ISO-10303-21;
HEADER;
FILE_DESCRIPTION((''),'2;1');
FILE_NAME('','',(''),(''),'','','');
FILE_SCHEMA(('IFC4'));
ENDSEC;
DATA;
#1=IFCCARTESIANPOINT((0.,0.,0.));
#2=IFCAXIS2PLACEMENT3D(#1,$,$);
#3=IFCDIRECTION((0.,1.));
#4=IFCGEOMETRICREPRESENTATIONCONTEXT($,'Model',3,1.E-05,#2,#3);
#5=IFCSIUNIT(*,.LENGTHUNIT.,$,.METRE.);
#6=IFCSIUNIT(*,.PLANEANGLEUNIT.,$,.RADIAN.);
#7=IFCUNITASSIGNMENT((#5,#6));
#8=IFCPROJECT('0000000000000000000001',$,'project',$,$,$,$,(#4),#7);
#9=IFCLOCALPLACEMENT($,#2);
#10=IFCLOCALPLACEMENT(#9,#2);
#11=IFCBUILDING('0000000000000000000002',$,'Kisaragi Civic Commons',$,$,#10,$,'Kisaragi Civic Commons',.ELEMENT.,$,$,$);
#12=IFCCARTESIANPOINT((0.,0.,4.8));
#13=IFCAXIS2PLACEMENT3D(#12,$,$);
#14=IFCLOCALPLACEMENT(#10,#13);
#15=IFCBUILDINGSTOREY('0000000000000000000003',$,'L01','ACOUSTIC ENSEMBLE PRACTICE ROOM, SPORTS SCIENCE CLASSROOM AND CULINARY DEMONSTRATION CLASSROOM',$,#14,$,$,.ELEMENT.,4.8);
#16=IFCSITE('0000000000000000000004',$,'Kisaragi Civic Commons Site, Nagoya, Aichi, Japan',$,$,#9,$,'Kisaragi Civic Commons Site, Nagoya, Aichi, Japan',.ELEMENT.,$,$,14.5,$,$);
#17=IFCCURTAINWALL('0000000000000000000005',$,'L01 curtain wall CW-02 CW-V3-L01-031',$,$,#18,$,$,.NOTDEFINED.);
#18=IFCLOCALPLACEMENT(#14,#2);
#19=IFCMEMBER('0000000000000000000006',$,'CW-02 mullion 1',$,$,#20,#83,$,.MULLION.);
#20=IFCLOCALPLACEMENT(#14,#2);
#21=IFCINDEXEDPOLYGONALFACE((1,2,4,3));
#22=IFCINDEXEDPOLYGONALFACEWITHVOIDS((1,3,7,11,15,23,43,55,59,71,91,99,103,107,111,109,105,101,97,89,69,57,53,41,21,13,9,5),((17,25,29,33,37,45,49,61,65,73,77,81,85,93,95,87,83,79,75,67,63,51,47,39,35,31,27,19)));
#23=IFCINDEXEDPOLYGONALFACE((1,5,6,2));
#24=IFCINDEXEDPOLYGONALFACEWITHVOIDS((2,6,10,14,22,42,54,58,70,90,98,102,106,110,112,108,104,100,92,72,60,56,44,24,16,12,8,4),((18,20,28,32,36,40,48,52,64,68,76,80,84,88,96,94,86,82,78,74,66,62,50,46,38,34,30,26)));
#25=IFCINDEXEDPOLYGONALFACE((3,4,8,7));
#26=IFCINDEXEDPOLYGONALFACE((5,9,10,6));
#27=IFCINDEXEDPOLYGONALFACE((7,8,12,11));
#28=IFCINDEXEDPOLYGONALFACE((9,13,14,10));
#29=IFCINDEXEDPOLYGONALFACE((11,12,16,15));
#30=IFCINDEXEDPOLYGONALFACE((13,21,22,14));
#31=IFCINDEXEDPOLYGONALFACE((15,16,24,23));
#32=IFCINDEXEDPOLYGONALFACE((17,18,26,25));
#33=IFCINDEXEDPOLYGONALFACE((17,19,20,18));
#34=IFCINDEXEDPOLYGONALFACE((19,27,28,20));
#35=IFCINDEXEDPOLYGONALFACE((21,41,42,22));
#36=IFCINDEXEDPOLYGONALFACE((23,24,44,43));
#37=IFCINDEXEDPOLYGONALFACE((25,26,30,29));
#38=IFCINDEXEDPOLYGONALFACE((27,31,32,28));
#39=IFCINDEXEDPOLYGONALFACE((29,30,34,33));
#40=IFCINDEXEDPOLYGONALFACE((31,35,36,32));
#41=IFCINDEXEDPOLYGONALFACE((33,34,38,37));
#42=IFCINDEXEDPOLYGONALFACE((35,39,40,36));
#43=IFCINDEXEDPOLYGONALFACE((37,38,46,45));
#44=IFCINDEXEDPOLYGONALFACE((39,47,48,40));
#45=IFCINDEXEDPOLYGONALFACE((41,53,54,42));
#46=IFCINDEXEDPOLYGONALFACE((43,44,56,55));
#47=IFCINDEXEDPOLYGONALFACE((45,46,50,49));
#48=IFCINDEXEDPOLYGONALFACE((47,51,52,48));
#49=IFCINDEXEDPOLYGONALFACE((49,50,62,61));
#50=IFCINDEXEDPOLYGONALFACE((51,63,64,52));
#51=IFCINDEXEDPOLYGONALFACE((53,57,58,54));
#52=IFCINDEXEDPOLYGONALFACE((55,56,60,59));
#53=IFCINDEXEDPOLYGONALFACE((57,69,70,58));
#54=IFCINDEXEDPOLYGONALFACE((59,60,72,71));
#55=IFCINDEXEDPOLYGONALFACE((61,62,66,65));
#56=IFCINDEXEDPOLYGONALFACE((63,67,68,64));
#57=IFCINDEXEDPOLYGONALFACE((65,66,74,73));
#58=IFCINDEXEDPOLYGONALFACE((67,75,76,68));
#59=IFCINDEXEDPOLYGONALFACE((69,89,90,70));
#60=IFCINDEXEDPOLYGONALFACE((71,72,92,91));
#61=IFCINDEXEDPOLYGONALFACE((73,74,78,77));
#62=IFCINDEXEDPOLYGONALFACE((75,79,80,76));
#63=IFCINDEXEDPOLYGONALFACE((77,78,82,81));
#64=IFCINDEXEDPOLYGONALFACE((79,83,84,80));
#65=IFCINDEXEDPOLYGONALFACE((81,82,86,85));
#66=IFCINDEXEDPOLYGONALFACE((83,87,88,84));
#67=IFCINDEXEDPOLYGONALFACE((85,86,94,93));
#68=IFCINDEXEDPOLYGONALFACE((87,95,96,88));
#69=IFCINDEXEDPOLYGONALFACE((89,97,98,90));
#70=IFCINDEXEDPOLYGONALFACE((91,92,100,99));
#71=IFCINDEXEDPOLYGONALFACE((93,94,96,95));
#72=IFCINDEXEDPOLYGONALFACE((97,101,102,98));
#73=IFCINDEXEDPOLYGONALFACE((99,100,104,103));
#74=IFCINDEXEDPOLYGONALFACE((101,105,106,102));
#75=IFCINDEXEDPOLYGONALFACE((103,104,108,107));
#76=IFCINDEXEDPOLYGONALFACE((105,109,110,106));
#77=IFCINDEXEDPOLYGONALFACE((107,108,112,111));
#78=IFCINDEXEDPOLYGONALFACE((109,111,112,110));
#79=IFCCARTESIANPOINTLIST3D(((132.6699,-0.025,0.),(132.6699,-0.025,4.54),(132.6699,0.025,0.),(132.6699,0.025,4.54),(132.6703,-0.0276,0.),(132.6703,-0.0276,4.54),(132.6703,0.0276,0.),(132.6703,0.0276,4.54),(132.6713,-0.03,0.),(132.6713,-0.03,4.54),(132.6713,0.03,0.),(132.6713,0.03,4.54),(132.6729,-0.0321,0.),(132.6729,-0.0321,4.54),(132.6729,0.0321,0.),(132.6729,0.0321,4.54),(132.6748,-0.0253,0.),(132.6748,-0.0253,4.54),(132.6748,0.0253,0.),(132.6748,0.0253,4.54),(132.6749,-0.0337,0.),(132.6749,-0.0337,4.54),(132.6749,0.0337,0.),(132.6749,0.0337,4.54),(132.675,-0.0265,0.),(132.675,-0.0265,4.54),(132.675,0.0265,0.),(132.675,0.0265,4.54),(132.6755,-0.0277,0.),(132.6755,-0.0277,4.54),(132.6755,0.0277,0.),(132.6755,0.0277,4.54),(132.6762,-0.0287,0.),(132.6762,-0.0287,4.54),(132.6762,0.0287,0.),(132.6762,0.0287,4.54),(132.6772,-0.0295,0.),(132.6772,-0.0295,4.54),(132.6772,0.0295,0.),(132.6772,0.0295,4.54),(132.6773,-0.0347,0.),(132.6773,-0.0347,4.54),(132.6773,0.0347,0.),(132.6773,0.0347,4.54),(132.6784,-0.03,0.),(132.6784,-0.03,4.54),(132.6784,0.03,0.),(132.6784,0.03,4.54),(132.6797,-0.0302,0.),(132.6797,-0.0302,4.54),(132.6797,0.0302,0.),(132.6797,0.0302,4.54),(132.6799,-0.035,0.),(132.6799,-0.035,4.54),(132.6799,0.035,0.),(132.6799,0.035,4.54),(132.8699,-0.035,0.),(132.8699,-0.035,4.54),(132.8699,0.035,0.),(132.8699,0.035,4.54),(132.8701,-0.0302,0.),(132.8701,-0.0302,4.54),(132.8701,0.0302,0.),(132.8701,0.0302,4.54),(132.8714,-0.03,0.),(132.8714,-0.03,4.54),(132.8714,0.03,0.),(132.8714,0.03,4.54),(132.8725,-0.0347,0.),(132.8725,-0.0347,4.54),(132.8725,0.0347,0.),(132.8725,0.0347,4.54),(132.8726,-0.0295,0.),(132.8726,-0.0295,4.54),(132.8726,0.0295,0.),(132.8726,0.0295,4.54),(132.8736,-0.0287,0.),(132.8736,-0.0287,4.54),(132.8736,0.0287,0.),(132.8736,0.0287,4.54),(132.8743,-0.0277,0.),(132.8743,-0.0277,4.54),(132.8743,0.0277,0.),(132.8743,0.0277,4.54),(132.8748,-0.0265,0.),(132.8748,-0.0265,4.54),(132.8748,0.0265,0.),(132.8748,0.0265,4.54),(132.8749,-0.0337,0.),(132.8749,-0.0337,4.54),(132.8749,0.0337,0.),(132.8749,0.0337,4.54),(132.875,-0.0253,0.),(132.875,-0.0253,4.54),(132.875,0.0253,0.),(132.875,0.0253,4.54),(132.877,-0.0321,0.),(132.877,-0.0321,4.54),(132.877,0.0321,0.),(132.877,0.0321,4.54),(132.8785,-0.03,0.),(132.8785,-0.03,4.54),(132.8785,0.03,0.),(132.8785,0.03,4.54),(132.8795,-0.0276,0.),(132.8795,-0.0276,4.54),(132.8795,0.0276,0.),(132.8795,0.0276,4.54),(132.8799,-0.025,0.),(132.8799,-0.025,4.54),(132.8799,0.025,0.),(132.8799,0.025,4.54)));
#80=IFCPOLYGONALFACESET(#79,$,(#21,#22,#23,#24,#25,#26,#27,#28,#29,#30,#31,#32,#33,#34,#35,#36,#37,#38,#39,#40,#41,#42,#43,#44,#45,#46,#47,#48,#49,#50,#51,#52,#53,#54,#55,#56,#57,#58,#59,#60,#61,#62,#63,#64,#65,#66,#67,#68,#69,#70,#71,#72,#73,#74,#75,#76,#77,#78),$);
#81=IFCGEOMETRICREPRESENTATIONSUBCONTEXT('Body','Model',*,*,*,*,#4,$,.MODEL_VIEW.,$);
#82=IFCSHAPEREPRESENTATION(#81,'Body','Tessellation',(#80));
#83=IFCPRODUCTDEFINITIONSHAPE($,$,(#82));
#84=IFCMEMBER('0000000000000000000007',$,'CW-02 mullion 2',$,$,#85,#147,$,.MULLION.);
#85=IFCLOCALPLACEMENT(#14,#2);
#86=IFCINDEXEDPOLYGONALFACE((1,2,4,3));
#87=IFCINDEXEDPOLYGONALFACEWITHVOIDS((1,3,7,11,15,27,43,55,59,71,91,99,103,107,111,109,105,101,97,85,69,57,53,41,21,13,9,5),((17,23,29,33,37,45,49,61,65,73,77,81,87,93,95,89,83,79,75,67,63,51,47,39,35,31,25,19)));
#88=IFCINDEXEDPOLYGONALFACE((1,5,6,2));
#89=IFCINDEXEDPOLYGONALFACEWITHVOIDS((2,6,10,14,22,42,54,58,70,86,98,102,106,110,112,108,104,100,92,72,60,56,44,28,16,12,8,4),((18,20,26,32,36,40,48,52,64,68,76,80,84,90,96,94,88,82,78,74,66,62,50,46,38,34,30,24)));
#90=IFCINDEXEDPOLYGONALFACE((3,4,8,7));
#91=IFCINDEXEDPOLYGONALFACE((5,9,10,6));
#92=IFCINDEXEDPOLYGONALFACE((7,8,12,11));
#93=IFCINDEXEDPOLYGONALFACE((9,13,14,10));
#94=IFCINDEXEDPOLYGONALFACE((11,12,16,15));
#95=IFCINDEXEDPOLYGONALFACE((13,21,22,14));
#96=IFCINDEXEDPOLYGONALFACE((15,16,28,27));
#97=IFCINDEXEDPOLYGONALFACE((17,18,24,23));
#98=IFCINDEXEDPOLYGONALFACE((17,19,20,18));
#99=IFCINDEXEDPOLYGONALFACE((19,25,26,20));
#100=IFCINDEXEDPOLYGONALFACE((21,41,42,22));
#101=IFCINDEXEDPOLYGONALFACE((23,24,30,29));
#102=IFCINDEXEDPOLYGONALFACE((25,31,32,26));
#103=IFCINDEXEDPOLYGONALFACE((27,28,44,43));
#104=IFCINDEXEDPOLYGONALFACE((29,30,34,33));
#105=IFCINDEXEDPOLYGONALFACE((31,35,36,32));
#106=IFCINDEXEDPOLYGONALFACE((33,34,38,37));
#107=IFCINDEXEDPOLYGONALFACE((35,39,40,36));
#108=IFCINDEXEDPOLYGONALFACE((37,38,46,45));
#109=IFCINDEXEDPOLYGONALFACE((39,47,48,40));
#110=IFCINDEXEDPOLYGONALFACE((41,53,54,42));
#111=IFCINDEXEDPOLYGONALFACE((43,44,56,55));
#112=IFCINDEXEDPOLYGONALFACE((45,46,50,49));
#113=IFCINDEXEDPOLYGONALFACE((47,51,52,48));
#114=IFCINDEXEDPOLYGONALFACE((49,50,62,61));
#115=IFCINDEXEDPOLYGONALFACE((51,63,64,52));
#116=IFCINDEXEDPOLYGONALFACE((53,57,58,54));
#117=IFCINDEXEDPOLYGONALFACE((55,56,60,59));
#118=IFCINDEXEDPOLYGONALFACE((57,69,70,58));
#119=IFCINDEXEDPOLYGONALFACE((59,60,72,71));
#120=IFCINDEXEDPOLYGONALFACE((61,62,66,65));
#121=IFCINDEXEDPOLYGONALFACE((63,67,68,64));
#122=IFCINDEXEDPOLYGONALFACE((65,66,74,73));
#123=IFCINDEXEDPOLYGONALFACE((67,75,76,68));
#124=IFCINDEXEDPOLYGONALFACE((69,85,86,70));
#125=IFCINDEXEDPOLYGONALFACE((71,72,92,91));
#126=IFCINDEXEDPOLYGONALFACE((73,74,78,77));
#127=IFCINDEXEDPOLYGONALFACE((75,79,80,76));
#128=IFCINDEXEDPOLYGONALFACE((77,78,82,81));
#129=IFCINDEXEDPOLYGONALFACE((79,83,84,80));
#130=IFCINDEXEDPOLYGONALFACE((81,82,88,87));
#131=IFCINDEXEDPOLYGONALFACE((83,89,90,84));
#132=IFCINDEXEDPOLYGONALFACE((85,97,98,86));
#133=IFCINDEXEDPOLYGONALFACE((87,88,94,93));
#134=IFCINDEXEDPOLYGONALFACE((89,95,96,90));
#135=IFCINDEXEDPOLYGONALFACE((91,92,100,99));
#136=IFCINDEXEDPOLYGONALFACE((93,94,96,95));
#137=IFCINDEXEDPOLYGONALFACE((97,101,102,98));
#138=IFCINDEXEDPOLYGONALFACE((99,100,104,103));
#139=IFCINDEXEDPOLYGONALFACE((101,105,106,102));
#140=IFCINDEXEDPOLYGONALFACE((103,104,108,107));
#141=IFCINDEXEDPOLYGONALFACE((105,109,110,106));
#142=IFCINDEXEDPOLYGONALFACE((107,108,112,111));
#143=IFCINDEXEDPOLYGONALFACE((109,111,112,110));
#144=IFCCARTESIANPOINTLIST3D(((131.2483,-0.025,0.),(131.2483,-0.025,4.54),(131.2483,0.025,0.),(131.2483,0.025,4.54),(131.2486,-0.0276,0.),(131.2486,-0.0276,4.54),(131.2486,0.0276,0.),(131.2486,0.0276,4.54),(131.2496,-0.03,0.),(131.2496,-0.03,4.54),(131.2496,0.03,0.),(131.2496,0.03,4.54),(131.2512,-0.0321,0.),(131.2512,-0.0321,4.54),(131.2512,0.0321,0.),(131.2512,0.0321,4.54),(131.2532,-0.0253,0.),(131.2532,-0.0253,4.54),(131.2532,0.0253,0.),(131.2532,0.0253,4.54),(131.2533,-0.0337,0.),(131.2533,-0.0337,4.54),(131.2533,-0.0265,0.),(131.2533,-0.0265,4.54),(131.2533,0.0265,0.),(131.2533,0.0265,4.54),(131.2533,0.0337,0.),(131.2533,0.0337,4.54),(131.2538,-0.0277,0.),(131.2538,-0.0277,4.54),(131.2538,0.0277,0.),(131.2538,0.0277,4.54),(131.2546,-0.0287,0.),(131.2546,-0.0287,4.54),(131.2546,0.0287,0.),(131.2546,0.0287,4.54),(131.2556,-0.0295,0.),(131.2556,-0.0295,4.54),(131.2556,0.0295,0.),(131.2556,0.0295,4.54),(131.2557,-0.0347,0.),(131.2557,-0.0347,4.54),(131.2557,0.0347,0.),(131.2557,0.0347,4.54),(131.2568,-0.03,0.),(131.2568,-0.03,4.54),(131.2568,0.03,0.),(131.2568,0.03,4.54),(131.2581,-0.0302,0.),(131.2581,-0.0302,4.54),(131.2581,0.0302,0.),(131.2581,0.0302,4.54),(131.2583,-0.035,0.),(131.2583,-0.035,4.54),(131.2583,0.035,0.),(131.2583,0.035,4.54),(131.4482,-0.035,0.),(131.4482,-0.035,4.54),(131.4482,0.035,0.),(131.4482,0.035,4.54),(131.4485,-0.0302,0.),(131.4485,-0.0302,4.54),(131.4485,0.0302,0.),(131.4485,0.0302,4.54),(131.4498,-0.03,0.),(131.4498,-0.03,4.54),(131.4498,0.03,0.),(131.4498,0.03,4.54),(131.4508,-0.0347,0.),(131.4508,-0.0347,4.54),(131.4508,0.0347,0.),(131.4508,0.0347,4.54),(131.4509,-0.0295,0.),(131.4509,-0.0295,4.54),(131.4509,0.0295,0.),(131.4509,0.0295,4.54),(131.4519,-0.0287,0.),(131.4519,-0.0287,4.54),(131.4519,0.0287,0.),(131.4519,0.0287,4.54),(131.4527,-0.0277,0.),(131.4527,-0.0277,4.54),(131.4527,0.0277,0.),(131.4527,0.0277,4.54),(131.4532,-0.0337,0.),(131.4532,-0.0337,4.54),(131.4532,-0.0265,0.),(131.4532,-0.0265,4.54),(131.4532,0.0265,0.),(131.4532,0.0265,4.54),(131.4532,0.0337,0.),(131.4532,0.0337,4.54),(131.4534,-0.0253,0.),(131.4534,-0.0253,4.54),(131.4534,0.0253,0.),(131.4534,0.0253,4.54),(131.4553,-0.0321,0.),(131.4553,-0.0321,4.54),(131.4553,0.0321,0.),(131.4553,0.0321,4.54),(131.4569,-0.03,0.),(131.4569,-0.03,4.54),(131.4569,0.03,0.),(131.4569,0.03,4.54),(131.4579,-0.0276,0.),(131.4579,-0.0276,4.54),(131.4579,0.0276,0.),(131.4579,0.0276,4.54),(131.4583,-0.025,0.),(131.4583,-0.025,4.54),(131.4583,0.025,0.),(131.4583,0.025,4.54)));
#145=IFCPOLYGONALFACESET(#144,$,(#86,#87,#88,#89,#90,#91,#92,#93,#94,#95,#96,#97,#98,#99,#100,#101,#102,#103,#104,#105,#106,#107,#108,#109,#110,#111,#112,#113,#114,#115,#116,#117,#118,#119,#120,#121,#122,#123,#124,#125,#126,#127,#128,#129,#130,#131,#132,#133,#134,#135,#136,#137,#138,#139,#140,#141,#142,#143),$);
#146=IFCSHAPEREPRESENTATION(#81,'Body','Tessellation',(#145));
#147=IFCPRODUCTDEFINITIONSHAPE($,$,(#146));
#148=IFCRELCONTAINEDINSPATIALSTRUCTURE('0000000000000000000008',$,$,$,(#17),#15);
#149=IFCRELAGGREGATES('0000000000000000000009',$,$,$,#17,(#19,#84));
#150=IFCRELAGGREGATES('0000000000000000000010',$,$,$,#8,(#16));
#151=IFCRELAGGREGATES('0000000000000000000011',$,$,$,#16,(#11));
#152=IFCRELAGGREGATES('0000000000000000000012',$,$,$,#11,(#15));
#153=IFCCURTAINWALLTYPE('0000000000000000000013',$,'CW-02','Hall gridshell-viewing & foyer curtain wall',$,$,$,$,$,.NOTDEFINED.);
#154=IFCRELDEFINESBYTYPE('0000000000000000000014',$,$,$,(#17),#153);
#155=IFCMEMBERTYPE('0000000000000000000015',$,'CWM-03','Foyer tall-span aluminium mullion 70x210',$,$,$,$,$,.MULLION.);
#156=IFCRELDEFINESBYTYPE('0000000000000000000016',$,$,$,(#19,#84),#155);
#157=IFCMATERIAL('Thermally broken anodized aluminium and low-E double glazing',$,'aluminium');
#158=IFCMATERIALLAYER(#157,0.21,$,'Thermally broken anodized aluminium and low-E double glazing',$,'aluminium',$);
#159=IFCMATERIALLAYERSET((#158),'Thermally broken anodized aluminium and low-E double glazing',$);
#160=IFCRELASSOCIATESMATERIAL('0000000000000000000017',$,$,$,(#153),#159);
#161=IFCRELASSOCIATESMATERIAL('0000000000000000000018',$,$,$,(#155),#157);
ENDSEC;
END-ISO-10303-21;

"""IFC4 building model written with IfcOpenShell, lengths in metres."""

from ifc_helpers import new_model, si_unit, direction, frame, origin, origin_2d, place, context, subcontext, project, spatial, hollow_rectangle, extrude, material, layer, layer_set, material_profile, profile_set, type_object, element, aggregate, save


model = new_model("IFC4")

# Units and contexts
model_context = context("Model", 3, precision=1e-05, world=origin(), true_north=direction((0.0, 1.0)))
body_context = subcontext(model_context, "Body", "Model", "MODEL_VIEW")
ifc_project = project(units=[si_unit("LENGTHUNIT", "METRE"), si_unit("PLANEANGLEUNIT", "RADIAN")], contexts=[model_context])

# Site, building, storey
site_placement = place(None, origin())
site = spatial("IfcSite", under=ifc_project, at=site_placement, Name="Kisaragi Civic Commons Site, Nagoya, Aichi, Japan", LongName="Kisaragi Civic Commons Site, Nagoya, Aichi, Japan", CompositionType="ELEMENT", RefElevation=14.5)
building_placement = place(site_placement, origin())
building = spatial("IfcBuilding", under=site, at=building_placement, Name="Kisaragi Civic Commons", LongName="Kisaragi Civic Commons", CompositionType="ELEMENT")
storey_placement = place(building_placement, frame((0.0, 0.0, 4.8)))
storey = spatial("IfcBuildingStorey", under=building, at=storey_placement, Name="L01", Description="ACOUSTIC ENSEMBLE PRACTICE ROOM, SPORTS SCIENCE CLASSROOM AND CULINARY DEMONSTRATION CLASSROOM", CompositionType="ELEMENT", Elevation=4.8)

# Curtain wall, members
ifc_material_1 = material(Name="Thermally broken anodized aluminium and low-E double glazing", Category="aluminium")
ifc_layer_1 = layer(ifc_material_1, 0.21, Name="Thermally broken anodized aluminium and low-E double glazing", Category="aluminium")
ifc_layer_set_1 = layer_set([ifc_layer_1], Name="Thermally broken anodized aluminium and low-E double glazing")
curtain_wall_type = type_object("IfcCurtainWallType", Name="CW-02", Description="Hall gridshell-viewing & foyer curtain wall", PredefinedType="NOTDEFINED", material=ifc_layer_set_1)
ifc_material_profile_1 = material_profile(ifc_material_1, hollow_rectangle(XDim=0.0701, YDim=0.21, WallThickness=0.0049, InnerFilletRadius=0.0049, OuterFilletRadius=0.01, at=origin_2d()), Name="CWM-70x210x5", Category="aluminium")
ifc_profile_set_1 = profile_set([ifc_material_profile_1], Name="Thermally broken anodized aluminium and low-E double glazing")
member_type_1 = type_object("IfcMemberType", Name="CWM-03", Description="Foyer tall-span aluminium mullion 70x210", PredefinedType="MULLION", material=ifc_profile_set_1)
curtain_wall_1_placement = place(storey_placement, origin())
curtain_wall_1 = element("IfcCurtainWall", 1, at=curtain_wall_1_placement, inside=storey, type_object=curtain_wall_type, Name="L01 curtain wall CW-02 CW-V3-L01-031", PredefinedType="NOTDEFINED")
member_1_placement = place(storey_placement, frame((132.7749, 0.0, 0.0), z_axis=(0.0, 0.0, 1.0), x_axis=(0.0, -1.0, 0.0)))
member_1 = element("IfcMember", 2, at=member_1_placement, type_object=member_type_1, Name="CW-02 mullion 1", PredefinedType="MULLION", context=body_context, shape_type="SweptSolid", body=[
    extrude(hollow_rectangle(XDim=0.0701, YDim=0.21, WallThickness=0.0049, InnerFilletRadius=0.0049, OuterFilletRadius=0.01, at=origin_2d()), origin(), (0.0, 0.0, 1.0), 4.54),
])
member_2_placement = place(storey_placement, frame((131.3533, 0.0, 0.0), z_axis=(0.0, 0.0, 1.0), x_axis=(0.0, -1.0, 0.0)))
member_2 = element("IfcMember", 3, at=member_2_placement, type_object=member_type_1, Name="CW-02 mullion 2", PredefinedType="MULLION", context=body_context, shape_type="SweptSolid", body=[
    extrude(hollow_rectangle(XDim=0.0701, YDim=0.21, WallThickness=0.0049, InnerFilletRadius=0.0049, OuterFilletRadius=0.01, at=origin_2d()), origin(), (0.0, 0.0, 1.0), 4.54),
])

aggregate(curtain_wall_1, [member_1, member_2])

save(model, "model.ifc")
